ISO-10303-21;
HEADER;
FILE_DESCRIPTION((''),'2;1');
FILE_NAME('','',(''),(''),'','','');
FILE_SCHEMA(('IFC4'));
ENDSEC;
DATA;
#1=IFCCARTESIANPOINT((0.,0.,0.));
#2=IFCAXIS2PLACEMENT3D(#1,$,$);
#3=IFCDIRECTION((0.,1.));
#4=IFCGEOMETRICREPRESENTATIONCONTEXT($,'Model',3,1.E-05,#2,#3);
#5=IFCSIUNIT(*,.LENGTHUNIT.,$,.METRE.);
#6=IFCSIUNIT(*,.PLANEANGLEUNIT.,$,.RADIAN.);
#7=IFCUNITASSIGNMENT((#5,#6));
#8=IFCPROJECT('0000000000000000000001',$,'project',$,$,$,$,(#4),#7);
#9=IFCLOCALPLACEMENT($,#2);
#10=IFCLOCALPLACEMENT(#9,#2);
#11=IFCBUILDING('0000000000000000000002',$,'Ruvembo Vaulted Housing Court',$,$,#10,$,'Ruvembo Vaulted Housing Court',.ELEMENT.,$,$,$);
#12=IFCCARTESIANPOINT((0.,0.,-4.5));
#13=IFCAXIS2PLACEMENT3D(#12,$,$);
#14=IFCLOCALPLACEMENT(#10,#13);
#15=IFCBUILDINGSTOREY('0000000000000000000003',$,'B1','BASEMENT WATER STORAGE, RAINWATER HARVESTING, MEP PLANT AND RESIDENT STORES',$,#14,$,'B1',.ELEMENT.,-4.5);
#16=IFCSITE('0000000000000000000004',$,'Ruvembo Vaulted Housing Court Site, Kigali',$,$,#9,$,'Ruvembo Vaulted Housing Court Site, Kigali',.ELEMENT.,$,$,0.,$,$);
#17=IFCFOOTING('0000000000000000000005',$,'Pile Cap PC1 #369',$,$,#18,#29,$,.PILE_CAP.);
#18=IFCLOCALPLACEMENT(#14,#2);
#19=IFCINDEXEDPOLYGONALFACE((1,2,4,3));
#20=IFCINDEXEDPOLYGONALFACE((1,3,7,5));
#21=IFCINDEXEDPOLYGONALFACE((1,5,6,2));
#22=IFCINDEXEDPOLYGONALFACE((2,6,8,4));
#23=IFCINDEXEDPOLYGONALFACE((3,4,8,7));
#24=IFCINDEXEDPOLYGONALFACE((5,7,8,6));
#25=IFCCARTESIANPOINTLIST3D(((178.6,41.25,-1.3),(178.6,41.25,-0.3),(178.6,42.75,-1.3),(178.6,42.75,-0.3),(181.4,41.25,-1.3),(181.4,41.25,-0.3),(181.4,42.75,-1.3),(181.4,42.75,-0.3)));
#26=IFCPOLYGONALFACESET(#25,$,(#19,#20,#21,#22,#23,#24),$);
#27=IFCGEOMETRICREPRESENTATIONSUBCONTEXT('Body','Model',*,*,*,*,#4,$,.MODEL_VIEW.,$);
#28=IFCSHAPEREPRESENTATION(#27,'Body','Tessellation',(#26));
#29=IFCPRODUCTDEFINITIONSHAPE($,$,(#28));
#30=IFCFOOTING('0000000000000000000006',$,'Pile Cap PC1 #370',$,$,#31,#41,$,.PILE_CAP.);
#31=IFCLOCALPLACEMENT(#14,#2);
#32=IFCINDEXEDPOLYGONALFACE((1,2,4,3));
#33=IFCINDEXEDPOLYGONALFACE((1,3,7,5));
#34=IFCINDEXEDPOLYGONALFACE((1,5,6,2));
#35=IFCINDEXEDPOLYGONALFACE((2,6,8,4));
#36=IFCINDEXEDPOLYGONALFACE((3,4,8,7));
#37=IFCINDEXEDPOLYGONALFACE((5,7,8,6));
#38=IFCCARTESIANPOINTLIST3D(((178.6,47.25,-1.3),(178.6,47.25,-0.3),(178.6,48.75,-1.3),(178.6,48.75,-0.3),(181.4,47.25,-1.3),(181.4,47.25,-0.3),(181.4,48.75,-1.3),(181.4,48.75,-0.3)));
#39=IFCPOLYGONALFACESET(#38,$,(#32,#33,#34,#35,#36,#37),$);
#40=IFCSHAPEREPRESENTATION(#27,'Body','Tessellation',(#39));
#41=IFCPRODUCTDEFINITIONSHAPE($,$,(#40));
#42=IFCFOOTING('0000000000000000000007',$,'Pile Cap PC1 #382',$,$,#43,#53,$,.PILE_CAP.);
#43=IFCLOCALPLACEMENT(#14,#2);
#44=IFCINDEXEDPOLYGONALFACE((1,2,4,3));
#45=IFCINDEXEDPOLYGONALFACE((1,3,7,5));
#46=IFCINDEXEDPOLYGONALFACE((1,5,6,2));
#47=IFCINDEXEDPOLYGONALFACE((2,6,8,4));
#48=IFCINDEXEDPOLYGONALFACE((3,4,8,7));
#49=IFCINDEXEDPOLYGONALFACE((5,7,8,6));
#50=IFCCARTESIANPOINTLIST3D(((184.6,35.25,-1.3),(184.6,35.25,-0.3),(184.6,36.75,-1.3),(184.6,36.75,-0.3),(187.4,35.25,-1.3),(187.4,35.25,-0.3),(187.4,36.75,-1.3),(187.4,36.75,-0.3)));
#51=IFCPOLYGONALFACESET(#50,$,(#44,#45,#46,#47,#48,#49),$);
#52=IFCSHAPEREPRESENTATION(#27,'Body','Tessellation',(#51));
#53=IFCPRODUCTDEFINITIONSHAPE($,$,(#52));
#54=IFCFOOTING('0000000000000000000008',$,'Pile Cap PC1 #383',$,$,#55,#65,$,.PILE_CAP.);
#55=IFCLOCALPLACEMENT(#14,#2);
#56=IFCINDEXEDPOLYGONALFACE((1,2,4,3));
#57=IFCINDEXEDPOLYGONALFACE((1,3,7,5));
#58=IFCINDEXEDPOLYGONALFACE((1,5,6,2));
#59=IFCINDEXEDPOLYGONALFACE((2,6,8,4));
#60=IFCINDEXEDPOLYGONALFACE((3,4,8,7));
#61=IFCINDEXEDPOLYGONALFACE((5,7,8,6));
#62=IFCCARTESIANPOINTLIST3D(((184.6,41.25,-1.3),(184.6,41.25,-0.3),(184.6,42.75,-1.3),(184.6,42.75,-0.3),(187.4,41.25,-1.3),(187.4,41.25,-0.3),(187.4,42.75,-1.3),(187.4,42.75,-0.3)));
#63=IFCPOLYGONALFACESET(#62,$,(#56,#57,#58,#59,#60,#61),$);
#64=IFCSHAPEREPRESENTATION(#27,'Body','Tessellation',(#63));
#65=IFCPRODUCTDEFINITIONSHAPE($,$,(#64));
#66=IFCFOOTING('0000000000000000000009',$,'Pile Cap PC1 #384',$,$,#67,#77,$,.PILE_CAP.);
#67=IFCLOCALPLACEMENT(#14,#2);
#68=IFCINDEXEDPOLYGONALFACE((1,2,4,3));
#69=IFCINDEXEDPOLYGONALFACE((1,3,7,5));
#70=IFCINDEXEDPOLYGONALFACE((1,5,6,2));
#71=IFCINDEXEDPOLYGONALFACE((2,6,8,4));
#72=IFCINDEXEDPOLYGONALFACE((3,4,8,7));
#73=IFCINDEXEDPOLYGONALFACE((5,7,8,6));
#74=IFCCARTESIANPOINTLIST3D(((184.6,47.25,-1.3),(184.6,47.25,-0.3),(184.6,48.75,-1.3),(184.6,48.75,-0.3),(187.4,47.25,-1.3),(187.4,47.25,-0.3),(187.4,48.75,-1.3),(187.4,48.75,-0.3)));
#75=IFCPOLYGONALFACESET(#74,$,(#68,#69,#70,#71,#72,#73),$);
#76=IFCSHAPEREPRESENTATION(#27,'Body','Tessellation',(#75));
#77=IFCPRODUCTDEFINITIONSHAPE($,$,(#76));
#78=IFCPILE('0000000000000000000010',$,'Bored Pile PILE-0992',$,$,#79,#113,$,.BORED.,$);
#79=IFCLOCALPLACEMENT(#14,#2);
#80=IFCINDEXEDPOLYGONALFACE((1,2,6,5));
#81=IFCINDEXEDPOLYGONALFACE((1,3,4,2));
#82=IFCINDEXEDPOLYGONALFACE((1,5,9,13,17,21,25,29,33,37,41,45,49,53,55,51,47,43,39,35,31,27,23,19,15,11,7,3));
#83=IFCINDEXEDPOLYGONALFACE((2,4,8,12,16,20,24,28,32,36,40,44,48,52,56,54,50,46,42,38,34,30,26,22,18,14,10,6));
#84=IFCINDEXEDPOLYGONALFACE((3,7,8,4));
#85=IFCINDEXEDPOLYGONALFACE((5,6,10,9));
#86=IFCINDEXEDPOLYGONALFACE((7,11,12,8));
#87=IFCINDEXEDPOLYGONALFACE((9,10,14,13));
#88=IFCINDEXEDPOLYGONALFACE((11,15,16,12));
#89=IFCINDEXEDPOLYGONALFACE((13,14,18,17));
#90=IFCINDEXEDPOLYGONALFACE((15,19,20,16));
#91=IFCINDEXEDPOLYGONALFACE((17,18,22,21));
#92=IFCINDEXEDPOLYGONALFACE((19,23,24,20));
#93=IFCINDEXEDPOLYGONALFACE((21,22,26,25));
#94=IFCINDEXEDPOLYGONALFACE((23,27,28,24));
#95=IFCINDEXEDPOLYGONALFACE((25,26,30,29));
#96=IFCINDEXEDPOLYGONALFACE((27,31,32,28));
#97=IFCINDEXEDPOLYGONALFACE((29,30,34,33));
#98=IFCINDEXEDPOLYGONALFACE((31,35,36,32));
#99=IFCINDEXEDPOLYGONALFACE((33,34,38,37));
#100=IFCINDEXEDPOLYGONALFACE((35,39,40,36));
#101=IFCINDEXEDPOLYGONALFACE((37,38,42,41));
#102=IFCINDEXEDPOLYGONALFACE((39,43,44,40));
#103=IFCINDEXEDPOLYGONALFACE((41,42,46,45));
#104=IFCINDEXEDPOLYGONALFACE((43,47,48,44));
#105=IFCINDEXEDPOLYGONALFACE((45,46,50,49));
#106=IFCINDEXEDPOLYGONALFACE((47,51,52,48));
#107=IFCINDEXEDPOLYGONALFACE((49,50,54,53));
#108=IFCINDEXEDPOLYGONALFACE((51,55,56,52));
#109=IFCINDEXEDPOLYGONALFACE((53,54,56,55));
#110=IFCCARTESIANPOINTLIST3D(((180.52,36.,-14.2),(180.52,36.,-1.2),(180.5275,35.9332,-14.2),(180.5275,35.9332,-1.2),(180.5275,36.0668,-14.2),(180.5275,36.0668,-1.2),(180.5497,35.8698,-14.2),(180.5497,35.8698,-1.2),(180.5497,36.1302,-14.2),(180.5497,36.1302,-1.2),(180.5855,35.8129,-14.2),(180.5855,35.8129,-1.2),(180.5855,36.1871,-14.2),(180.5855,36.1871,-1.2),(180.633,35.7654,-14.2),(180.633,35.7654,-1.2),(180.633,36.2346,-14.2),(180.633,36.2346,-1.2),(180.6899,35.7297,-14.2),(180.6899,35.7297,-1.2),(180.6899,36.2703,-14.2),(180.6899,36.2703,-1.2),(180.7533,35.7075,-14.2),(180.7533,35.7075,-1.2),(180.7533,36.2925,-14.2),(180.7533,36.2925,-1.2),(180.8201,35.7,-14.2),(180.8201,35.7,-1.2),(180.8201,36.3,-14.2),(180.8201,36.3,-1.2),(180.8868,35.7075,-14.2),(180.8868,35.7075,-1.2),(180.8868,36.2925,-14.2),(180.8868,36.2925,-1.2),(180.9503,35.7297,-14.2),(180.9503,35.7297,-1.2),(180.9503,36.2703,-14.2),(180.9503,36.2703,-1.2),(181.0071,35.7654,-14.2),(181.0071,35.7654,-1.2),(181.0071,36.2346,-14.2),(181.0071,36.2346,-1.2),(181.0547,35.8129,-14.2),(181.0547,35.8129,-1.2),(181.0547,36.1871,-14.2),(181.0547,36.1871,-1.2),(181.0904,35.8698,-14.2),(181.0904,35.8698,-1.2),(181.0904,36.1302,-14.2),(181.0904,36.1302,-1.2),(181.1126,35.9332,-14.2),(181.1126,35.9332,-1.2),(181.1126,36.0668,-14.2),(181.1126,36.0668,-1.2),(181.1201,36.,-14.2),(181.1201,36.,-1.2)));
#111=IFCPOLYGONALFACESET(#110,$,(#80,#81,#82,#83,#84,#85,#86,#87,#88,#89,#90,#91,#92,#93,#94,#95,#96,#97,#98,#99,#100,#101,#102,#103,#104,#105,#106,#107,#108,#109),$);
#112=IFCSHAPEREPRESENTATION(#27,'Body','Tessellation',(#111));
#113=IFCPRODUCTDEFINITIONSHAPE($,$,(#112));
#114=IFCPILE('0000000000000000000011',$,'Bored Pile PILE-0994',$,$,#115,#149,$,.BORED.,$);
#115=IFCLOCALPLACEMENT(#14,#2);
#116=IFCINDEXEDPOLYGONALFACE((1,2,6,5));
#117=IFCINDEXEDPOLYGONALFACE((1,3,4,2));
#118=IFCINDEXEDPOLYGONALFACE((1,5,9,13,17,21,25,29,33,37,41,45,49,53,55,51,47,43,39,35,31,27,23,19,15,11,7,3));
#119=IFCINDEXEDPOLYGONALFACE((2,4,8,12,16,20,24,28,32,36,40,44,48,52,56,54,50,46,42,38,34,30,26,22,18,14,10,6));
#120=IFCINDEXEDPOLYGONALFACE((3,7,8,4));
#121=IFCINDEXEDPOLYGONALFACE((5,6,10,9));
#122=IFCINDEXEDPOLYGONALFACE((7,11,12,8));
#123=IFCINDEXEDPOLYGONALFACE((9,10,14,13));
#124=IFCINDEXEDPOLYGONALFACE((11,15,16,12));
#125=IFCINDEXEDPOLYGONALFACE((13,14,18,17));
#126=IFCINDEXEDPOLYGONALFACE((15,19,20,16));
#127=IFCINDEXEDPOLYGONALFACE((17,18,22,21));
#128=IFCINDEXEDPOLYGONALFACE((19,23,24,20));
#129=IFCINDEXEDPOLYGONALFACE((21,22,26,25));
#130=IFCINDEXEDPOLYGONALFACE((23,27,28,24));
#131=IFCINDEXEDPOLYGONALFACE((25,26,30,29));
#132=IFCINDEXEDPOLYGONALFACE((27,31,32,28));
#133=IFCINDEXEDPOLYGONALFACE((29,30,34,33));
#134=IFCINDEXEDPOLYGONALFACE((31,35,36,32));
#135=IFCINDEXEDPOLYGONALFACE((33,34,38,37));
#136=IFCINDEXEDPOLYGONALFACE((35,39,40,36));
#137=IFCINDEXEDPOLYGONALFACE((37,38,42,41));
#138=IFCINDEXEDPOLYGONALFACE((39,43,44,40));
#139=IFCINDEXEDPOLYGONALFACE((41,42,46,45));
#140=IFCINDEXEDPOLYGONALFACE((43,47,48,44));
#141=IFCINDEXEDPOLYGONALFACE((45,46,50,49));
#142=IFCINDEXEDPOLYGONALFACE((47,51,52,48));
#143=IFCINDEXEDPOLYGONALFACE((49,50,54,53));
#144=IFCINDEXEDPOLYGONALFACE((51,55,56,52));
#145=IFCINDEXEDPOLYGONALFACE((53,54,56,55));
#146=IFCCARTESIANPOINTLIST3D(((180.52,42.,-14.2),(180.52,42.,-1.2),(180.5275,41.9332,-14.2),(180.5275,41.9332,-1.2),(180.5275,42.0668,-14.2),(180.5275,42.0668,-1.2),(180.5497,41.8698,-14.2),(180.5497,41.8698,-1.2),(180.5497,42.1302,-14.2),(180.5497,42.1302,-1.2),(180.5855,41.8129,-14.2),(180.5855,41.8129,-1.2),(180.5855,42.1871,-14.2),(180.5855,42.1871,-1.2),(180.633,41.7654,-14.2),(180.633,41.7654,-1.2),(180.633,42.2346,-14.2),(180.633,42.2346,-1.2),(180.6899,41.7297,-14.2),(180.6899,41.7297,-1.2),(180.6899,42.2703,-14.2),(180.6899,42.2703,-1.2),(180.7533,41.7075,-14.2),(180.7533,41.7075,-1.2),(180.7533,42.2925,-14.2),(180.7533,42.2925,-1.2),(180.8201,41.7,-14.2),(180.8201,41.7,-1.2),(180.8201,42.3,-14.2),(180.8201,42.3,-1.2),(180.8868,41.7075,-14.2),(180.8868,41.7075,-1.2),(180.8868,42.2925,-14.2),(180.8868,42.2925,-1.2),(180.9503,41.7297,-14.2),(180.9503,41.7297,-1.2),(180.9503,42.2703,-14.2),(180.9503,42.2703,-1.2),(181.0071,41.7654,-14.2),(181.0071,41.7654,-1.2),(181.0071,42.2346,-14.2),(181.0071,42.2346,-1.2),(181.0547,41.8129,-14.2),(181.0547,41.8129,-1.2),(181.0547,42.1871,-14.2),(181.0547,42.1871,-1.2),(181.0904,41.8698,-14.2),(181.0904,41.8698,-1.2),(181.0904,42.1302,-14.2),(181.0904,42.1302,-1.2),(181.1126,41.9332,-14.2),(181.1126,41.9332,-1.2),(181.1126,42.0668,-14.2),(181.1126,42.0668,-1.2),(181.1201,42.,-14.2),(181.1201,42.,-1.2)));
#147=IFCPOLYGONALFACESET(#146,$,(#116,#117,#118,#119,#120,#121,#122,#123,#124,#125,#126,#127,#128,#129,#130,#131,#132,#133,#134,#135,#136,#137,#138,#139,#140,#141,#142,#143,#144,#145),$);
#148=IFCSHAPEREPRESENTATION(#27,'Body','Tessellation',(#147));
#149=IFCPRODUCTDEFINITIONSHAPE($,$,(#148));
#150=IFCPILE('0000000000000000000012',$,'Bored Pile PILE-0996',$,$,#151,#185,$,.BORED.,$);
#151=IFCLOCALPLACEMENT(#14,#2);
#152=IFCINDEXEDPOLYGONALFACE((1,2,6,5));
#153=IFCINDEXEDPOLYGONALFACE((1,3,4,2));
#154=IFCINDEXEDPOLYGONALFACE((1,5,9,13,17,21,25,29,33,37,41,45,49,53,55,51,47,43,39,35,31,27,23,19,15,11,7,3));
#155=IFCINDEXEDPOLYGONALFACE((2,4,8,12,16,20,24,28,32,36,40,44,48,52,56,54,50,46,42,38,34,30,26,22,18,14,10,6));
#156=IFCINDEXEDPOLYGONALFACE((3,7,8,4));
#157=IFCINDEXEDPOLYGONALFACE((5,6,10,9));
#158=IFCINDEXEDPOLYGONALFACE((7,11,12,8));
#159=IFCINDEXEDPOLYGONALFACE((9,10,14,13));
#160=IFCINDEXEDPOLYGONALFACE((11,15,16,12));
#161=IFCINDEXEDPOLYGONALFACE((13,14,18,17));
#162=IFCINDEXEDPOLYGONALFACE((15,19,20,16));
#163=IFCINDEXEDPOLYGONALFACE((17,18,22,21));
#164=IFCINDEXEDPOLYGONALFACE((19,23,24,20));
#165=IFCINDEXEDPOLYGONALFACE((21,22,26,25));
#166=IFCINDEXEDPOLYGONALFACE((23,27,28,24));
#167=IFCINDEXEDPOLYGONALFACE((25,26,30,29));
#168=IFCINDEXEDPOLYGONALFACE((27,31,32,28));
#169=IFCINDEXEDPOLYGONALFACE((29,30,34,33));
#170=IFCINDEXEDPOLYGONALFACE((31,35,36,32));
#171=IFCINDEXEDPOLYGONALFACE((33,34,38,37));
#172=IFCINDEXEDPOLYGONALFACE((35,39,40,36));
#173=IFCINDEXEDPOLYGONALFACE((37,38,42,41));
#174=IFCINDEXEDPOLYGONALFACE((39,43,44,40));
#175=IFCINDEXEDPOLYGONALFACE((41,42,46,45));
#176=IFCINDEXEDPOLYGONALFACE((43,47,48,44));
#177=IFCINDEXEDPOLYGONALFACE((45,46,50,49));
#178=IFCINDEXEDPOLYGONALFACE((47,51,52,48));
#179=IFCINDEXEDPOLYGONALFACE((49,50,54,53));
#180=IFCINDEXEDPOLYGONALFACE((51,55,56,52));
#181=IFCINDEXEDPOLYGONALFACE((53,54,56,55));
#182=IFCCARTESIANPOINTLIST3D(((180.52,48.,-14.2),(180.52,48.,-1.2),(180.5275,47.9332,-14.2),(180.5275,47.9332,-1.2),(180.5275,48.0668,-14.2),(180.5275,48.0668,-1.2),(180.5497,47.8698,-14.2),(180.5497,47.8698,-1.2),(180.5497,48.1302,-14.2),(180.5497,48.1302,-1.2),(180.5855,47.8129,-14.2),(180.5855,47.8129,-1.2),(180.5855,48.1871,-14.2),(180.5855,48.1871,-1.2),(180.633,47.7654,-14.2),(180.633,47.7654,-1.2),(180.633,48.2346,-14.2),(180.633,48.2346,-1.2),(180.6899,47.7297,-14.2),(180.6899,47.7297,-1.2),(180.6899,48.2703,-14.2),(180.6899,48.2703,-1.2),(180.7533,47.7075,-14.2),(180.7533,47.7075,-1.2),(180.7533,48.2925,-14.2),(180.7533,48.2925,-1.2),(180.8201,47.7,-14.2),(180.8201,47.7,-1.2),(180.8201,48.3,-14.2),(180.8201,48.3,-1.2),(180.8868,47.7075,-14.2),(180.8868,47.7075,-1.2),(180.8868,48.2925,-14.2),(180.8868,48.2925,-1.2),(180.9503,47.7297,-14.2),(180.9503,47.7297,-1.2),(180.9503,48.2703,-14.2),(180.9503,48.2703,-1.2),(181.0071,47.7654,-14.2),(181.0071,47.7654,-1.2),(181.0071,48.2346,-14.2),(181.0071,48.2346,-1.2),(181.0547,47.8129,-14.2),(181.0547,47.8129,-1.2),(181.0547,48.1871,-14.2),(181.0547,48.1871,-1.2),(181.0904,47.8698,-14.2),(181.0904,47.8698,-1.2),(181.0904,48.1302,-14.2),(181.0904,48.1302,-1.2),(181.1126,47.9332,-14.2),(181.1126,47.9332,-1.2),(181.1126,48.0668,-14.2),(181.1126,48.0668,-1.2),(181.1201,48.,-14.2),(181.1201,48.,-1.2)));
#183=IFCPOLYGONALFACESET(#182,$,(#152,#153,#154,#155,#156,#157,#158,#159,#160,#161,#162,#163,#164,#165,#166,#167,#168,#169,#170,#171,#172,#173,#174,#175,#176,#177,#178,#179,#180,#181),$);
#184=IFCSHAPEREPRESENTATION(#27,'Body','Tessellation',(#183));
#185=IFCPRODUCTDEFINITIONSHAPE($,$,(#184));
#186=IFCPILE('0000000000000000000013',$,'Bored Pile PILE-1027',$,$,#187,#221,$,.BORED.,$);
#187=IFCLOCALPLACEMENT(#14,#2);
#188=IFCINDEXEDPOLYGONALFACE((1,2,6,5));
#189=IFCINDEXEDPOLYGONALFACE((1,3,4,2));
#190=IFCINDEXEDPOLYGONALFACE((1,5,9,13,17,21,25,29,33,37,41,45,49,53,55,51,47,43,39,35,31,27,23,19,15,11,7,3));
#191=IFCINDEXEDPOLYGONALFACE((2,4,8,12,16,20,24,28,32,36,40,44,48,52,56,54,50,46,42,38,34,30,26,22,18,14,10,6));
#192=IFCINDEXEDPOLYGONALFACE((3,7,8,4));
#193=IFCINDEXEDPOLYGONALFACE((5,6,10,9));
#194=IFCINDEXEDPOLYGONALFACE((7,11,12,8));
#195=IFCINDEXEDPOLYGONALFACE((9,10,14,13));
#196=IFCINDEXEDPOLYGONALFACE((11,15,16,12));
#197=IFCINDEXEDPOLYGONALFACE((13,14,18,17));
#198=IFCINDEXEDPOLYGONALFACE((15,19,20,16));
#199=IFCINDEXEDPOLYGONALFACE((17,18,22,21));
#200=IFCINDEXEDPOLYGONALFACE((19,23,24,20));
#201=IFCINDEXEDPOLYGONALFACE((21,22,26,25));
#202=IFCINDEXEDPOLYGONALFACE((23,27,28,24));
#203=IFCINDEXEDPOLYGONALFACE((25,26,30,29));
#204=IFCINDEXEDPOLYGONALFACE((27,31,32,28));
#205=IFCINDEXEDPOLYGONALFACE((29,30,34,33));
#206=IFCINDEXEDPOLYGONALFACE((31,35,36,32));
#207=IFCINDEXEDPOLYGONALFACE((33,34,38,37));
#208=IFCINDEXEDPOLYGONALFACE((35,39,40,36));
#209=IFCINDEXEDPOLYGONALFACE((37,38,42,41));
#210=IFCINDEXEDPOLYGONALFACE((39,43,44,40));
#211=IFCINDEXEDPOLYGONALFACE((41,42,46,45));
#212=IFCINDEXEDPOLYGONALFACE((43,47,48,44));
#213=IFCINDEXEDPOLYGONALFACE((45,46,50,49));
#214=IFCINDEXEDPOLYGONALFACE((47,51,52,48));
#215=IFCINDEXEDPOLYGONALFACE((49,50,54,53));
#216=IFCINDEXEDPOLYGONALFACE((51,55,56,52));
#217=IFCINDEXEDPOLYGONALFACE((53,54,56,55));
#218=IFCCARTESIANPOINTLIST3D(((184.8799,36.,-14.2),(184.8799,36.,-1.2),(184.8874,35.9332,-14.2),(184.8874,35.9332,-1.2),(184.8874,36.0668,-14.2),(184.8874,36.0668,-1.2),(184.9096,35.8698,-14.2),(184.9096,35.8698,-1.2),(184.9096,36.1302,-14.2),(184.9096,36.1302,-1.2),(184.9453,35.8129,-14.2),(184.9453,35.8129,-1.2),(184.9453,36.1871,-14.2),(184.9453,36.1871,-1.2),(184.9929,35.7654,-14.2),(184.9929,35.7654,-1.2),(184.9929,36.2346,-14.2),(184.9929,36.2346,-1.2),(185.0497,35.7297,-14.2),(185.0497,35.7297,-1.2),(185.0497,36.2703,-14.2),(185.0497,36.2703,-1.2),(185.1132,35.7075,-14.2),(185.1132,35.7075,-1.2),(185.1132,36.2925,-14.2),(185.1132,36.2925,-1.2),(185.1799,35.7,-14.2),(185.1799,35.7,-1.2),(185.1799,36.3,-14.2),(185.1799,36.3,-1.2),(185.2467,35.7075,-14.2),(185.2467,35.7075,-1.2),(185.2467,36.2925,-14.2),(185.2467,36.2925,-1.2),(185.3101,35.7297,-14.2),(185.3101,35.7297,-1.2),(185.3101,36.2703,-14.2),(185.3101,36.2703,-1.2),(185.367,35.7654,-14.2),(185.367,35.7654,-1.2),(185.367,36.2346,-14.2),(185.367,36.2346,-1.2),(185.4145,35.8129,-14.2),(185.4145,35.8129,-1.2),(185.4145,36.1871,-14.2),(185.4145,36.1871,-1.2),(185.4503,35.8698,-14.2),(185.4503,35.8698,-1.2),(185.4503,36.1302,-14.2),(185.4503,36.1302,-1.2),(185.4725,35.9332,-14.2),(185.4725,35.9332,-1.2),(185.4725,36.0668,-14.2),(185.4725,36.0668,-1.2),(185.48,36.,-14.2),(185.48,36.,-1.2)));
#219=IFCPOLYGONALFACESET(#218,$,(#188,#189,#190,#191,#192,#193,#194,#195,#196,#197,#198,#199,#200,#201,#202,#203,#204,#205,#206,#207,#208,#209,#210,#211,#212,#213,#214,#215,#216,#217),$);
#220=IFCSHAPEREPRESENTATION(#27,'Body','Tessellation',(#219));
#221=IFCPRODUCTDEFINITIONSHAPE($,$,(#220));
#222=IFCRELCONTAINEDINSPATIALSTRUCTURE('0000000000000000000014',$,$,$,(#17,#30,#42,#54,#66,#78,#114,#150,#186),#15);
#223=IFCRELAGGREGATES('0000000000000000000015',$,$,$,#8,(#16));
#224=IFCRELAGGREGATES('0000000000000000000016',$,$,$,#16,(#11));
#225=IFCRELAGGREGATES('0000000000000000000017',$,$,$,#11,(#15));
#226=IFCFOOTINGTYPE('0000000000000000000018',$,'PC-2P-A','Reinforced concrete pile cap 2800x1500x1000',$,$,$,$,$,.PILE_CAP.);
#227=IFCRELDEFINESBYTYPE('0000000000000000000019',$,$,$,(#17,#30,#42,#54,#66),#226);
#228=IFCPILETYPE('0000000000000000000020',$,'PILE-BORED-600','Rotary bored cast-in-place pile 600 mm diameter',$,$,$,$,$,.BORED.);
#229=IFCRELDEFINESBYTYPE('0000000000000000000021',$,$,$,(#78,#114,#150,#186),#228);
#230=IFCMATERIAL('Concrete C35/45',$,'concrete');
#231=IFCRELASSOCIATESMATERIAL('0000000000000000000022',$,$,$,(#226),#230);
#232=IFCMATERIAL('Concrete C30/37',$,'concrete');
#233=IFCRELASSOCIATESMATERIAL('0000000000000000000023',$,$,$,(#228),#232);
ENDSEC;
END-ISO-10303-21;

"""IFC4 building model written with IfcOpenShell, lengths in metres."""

from ifc_helpers import new_model, si_unit, direction, frame, origin, origin_2d, place, context, subcontext, project, spatial, rectangle, circle, extrude, material, material_profile, profile_set, type_object, element, save


model = new_model("IFC4")

# Units and contexts
model_context = context("Model", 3, precision=1e-05, world=origin(), true_north=direction((0.0, 1.0)))
body_context = subcontext(model_context, "Body", "Model", "MODEL_VIEW")
ifc_project = project(units=[si_unit("LENGTHUNIT", "METRE"), si_unit("PLANEANGLEUNIT", "RADIAN")], contexts=[model_context])

# Site, building, storey
site_placement = place(None, origin())
site = spatial("IfcSite", under=ifc_project, at=site_placement, Name="Ruvembo Vaulted Housing Court Site, Kigali", LongName="Ruvembo Vaulted Housing Court Site, Kigali", CompositionType="ELEMENT", RefElevation=0.0)
building_placement = place(site_placement, origin())
building = spatial("IfcBuilding", under=site, at=building_placement, Name="Ruvembo Vaulted Housing Court", LongName="Ruvembo Vaulted Housing Court", CompositionType="ELEMENT")
storey_placement = place(building_placement, frame((0.0, 0.0, -4.5)))
storey = spatial("IfcBuildingStorey", under=building, at=storey_placement, Name="B1", Description="BASEMENT WATER STORAGE, RAINWATER HARVESTING, MEP PLANT AND RESIDENT STORES", LongName="B1", CompositionType="ELEMENT", Elevation=-4.5)

# Footings
ifc_material_1 = material(Name="Concrete C35/45", Category="concrete")
footing_type = type_object("IfcFootingType", Name="PC-2P-A", Description="Reinforced concrete pile cap 2800x1500x1000", PredefinedType="PILE_CAP", material=ifc_material_1)
for number, where, z_axis, x_axis, name in (
    (1, (180.0, 42.0, -1.3), (0.0, 0.0, 1.0), (1.0, 0.0, 0.0), "Pile Cap PC1 #369"),
    (2, (180.0, 48.0, -1.3), (0.0, 0.0, 1.0), (1.0, 0.0, 0.0), "Pile Cap PC1 #370"),
    (3, (186.0, 36.0, -1.3), (0.0, 0.0, 1.0), (1.0, 0.0, 0.0), "Pile Cap PC1 #382"),
    (4, (186.0, 42.0, -1.3), (0.0, 0.0, 1.0), (1.0, 0.0, 0.0), "Pile Cap PC1 #383"),
    (5, (186.0, 48.0, -1.3), (0.0, 0.0, 1.0), (1.0, 0.0, 0.0), "Pile Cap PC1 #384"),
):
    element("IfcFooting", number, at=place(storey_placement, frame(where, z_axis=z_axis, x_axis=x_axis)), inside=storey, type_object=footing_type, Name=name, PredefinedType="PILE_CAP", context=body_context, shape_type="SweptSolid", body=[
        extrude(rectangle(XDim=2.8, YDim=1.5, at=origin_2d()), origin(), (0.0, 0.0, 1.0), 1.0),
    ])

# Piles
ifc_material_2 = material(Name="Concrete C30/37", Category="concrete")
ifc_material_profile_1 = material_profile(ifc_material_2, circle(Radius=0.3, at=origin_2d()), Name="PILE D600")
ifc_profile_set_1 = profile_set([ifc_material_profile_1], Name="Concrete C30/37")
pile_type = type_object("IfcPileType", Name="PILE-BORED-600", Description="Rotary bored cast-in-place pile 600 mm diameter", PredefinedType="BORED", material=ifc_profile_set_1)
for number, where, z_axis, x_axis, name in (
    (6, (180.8201, 36.0, -1.2), (0.0, 0.0, -1.0), (1.0, 0.0, 0.0), "Bored Pile PILE-0992"),
    (7, (180.8201, 42.0, -1.2), (0.0, 0.0, -1.0), (1.0, 0.0, 0.0), "Bored Pile PILE-0994"),
    (8, (180.8201, 48.0, -1.2), (0.0, 0.0, -1.0), (1.0, 0.0, 0.0), "Bored Pile PILE-0996"),
    (9, (185.1799, 36.0, -1.2), (0.0, 0.0, -1.0), (1.0, 0.0, 0.0), "Bored Pile PILE-1027"),
):
    element("IfcPile", number, at=place(storey_placement, frame(where, z_axis=z_axis, x_axis=x_axis)), inside=storey, type_object=pile_type, Name=name, PredefinedType="BORED", context=body_context, shape_type="SweptSolid", body=[
        extrude(circle(Radius=0.3, at=origin_2d()), origin(), (0.0, 0.0, 1.0), 13.0),
    ])

save(model, "model.ifc")
